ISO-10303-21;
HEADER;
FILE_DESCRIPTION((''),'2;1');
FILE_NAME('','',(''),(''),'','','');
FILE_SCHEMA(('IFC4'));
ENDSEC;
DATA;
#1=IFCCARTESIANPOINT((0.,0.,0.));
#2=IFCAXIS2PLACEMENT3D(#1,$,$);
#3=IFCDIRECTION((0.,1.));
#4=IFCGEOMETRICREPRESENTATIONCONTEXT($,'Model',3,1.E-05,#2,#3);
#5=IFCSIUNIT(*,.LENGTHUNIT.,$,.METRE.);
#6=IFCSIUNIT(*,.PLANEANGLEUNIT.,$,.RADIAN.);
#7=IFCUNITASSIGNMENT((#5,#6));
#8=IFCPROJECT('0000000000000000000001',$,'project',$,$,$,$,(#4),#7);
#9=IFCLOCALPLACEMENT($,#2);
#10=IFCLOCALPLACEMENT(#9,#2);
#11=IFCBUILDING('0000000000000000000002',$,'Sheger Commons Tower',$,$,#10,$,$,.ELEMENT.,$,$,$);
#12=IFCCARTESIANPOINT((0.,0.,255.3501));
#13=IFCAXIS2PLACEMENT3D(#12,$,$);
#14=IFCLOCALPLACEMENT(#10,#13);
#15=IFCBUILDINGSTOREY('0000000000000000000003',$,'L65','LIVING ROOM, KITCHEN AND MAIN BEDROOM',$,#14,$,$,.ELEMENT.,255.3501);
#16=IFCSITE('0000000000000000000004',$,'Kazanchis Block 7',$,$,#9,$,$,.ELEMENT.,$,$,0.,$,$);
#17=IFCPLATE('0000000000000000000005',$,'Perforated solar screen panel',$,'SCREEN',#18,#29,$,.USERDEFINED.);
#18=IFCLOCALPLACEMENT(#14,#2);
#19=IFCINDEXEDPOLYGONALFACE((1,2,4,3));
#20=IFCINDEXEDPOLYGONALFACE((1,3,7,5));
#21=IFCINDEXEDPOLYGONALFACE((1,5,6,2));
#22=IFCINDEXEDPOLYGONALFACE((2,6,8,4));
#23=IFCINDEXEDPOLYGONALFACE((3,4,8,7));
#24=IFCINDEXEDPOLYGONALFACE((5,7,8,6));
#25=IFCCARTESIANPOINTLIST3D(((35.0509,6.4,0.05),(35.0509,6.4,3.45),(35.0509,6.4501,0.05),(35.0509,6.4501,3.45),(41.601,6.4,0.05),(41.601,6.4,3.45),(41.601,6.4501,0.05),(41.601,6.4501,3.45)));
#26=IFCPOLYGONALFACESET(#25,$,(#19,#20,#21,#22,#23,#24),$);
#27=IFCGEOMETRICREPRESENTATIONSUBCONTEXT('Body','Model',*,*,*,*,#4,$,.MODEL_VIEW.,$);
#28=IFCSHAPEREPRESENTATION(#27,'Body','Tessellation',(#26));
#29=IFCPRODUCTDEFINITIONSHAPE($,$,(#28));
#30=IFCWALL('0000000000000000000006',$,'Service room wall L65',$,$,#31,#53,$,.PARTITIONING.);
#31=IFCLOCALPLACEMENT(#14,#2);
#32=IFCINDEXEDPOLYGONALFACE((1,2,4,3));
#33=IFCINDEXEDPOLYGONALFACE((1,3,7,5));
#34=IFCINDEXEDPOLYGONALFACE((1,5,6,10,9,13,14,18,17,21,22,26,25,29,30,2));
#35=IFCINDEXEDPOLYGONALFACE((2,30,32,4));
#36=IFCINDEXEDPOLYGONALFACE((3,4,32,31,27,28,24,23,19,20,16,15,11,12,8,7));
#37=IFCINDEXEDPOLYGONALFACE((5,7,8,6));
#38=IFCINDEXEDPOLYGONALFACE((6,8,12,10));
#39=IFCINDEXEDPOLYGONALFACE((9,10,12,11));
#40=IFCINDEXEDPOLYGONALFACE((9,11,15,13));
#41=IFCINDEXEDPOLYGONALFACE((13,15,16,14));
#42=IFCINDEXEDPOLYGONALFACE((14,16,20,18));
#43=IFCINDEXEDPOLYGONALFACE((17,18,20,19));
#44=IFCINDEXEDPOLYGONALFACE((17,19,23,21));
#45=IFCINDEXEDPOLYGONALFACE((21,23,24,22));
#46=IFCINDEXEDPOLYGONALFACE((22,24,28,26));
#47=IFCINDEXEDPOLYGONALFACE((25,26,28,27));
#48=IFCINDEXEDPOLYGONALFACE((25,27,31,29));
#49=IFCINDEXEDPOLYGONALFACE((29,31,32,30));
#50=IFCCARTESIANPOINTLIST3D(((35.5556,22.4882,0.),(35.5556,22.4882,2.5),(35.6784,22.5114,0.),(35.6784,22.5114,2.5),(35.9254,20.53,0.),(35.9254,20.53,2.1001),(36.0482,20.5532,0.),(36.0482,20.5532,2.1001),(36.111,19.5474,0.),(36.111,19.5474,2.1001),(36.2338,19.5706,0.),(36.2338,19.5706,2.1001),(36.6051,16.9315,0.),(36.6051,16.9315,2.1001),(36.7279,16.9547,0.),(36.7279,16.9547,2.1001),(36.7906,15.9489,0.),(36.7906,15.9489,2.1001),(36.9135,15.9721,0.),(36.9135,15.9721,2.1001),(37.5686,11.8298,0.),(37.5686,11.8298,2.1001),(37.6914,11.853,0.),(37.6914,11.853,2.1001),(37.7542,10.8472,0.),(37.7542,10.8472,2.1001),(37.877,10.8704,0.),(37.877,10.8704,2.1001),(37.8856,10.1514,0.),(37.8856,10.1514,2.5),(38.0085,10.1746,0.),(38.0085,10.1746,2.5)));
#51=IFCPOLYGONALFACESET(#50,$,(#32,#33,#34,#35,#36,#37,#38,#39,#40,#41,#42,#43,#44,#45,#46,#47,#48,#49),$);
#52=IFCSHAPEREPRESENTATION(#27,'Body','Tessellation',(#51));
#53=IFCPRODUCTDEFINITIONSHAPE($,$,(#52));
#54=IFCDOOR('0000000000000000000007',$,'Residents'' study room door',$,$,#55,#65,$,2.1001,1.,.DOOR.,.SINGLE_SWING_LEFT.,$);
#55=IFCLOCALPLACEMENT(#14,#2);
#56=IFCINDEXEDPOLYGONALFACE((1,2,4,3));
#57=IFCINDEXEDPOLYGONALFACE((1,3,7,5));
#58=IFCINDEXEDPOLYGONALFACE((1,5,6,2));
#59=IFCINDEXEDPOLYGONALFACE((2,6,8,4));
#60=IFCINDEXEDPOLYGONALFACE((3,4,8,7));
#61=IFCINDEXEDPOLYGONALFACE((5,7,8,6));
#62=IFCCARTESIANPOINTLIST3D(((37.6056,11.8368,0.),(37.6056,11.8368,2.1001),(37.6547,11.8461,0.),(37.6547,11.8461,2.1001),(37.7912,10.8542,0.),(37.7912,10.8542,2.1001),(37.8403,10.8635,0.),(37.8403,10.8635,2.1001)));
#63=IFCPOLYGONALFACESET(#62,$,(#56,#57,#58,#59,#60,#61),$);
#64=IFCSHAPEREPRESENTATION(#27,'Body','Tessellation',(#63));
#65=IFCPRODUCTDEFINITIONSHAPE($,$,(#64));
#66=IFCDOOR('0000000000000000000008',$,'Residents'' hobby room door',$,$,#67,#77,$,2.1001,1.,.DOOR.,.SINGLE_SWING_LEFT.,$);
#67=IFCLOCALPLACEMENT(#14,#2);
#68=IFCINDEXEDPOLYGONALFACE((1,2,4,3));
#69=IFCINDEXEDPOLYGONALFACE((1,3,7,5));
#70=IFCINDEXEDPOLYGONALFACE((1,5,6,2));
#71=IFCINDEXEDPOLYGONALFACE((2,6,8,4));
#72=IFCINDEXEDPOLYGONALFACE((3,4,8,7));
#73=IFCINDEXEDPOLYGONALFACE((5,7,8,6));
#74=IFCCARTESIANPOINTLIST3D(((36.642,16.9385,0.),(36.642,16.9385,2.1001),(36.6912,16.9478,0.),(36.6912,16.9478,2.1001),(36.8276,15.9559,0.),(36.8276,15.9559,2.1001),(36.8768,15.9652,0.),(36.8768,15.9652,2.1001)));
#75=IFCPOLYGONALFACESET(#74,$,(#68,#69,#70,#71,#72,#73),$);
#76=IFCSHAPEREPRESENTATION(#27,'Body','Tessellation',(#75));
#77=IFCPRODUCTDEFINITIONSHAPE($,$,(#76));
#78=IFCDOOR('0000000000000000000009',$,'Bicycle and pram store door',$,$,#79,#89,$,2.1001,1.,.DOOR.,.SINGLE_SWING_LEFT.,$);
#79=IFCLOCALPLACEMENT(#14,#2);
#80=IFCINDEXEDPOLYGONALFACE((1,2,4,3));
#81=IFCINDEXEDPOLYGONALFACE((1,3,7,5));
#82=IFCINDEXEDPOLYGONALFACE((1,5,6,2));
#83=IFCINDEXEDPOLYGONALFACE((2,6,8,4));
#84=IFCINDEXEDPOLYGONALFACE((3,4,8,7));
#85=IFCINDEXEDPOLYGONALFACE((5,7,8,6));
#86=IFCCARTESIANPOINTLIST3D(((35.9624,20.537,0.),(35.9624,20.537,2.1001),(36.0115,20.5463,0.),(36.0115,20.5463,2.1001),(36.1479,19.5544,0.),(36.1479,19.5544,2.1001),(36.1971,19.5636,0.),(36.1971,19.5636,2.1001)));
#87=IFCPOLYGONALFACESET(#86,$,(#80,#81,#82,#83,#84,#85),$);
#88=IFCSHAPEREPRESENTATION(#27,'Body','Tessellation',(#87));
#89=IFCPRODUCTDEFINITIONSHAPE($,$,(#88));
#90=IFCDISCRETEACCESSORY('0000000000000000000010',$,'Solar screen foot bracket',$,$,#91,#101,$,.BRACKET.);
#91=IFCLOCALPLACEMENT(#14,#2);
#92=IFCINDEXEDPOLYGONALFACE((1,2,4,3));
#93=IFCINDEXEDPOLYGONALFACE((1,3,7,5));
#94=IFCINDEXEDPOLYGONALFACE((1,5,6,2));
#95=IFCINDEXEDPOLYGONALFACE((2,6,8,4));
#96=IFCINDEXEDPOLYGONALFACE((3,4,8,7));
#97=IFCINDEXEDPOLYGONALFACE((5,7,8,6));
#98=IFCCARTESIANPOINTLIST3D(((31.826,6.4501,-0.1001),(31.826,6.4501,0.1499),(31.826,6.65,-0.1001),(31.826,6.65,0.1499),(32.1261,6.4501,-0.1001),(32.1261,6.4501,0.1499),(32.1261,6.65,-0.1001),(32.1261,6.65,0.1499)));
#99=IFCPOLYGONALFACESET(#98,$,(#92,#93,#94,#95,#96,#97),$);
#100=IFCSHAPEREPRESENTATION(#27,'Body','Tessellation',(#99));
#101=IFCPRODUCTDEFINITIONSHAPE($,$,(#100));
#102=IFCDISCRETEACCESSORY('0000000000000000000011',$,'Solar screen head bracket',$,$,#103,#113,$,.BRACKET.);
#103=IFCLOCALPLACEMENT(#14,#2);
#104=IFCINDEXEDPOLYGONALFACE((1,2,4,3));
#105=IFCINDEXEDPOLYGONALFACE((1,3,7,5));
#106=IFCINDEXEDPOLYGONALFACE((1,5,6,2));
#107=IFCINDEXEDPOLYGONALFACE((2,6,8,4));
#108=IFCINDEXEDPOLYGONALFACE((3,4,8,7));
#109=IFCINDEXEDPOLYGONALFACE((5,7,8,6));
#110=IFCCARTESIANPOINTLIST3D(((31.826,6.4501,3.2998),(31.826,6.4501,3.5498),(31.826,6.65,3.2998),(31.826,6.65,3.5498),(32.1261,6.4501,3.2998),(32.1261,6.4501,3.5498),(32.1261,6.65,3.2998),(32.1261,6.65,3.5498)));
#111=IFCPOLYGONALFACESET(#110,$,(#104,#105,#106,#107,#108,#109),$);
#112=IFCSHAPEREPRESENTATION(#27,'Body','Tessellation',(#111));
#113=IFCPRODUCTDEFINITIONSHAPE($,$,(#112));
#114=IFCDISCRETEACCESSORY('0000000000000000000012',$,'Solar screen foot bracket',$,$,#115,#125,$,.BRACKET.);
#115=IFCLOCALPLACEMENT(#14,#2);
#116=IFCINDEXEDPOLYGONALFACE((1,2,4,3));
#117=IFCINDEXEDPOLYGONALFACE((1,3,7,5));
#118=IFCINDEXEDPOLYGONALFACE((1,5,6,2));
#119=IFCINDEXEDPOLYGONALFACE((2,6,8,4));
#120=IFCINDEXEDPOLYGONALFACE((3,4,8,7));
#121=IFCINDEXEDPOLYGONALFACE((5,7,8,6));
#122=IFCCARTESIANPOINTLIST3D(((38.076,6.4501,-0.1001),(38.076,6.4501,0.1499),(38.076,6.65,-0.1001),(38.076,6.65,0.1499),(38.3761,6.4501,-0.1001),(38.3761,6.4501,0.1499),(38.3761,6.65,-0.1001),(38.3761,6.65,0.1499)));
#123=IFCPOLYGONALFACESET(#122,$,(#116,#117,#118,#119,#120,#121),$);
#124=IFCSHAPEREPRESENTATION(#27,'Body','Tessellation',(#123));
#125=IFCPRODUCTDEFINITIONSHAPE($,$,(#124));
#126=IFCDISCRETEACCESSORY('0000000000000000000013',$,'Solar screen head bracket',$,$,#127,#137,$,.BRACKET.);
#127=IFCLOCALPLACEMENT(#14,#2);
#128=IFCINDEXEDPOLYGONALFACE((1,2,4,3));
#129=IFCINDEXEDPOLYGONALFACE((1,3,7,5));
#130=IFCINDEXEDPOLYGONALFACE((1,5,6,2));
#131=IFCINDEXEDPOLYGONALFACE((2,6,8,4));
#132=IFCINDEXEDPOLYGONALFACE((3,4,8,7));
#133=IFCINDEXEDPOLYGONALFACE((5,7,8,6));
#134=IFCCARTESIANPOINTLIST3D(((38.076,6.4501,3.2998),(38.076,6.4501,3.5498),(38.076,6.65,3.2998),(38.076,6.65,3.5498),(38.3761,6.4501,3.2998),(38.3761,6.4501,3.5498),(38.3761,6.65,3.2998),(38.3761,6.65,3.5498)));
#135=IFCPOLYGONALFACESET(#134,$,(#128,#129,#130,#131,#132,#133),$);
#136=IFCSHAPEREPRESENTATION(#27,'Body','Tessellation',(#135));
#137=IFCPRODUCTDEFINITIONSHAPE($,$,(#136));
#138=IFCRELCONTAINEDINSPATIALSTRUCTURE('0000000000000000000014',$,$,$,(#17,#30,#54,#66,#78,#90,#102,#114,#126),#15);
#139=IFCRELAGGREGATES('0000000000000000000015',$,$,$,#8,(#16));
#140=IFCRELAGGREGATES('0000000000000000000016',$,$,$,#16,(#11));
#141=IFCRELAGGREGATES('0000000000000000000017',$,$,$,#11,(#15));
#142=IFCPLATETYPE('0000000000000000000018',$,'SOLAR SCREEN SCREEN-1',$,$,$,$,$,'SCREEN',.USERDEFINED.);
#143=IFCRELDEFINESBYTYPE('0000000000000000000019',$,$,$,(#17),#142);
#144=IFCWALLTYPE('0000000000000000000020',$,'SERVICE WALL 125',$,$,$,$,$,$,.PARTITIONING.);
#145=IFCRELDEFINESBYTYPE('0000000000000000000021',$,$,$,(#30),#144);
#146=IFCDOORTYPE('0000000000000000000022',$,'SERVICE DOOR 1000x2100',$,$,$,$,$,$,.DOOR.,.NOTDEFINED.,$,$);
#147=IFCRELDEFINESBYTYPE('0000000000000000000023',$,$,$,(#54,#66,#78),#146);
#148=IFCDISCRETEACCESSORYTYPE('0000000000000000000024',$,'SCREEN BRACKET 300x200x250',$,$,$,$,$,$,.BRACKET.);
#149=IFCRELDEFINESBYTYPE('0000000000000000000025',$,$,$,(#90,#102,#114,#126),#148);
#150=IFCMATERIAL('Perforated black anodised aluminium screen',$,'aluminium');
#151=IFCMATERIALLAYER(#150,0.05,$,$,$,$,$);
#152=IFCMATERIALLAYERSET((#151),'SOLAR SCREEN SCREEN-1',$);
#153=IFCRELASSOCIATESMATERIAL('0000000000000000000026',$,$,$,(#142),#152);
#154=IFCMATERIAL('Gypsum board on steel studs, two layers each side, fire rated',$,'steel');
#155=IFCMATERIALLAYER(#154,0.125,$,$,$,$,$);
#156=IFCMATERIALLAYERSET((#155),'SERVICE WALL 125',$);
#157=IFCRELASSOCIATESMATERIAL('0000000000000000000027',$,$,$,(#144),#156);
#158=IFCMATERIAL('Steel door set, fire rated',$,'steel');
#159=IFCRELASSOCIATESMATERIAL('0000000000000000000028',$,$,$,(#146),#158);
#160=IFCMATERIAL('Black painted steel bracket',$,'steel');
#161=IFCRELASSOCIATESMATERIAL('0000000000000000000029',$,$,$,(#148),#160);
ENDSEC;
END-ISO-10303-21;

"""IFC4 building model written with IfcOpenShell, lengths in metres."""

from ifc_helpers import new_model, si_unit, direction, frame, frame_2d, origin, origin_2d, place, context, subcontext, project, spatial, rectangle, extrude, material, layer, layer_set, type_object, element, fill, save


model = new_model("IFC4")

# Units and contexts
model_context = context("Model", 3, precision=1e-05, world=origin(), true_north=direction((0.0, 1.0)))
body_context = subcontext(model_context, "Body", "Model", "MODEL_VIEW")
ifc_project = project(units=[si_unit("LENGTHUNIT", "METRE"), si_unit("PLANEANGLEUNIT", "RADIAN")], contexts=[model_context])

# Site, building, storey
site_placement = place(None, origin())
site = spatial("IfcSite", under=ifc_project, at=site_placement, Name="Kazanchis Block 7", CompositionType="ELEMENT", RefElevation=0.0)
building_placement = place(site_placement, origin())
building = spatial("IfcBuilding", under=site, at=building_placement, Name="Sheger Commons Tower", CompositionType="ELEMENT")
storey_placement = place(building_placement, frame((0.0, 0.0, 255.3501)))
storey = spatial("IfcBuildingStorey", under=building, at=storey_placement, Name="L65", Description="LIVING ROOM, KITCHEN AND MAIN BEDROOM", CompositionType="ELEMENT", Elevation=255.3501)

# Plate
ifc_material_1 = material(Name="Perforated black anodised aluminium screen", Category="aluminium")
ifc_layer_1 = layer(ifc_material_1, 0.05)
ifc_layer_set_1 = layer_set([ifc_layer_1], Name="SOLAR SCREEN SCREEN-1")
plate_type_1 = type_object("IfcPlateType", Name="SOLAR SCREEN SCREEN-1", ElementType="SCREEN", PredefinedType="USERDEFINED", material=ifc_layer_set_1)
plate_1_placement = place(storey_placement, frame((38.3259, 6.425, 0.05), z_axis=(0.0, 0.0, 1.0), x_axis=(1.0, 0.0, 0.0)))
element("IfcPlate", 1, at=plate_1_placement, inside=storey, type_object=plate_type_1, Name="Perforated solar screen panel", ObjectType="SCREEN", PredefinedType="USERDEFINED", context=body_context, shape_type="SweptSolid", body=[
    extrude(rectangle(XDim=6.55, YDim=0.05, at=origin_2d()), origin(), (0.0, 0.0, 1.0), 3.3999),
])

# Wall, openings, doors
ifc_material_2 = material(Name="Gypsum board on steel studs, two layers each side, fire rated", Category="steel")
ifc_layer_2 = layer(ifc_material_2, 0.125)
ifc_layer_set_2 = layer_set([ifc_layer_2], Name="SERVICE WALL 125")
wall_type = type_object("IfcWallType", Name="SERVICE WALL 125", PredefinedType="PARTITIONING", material=ifc_layer_set_2)
wall_placement = place(storey_placement, frame((37.947, 10.1631, 0.0), z_axis=(0.0, 0.0, 1.0), x_axis=(-0.185589, 0.982627, 0.0)))
wall = element("IfcWall", 2, at=wall_placement, inside=storey, type_object=wall_type, Name="Service room wall L65", PredefinedType="PARTITIONING", context=body_context, shape_type="SweptSolid", body=[
    extrude(rectangle(XDim=12.5549, YDim=0.125, at=frame_2d((6.2773, 0.0))), origin(), (0.0, 0.0, 1.0), 2.5),
])
opening_1_placement = place(wall_placement, frame((0.708, 0.0, 0.0)))
opening_1 = element("IfcOpeningElement", 3, at=opening_1_placement, cuts=wall, PredefinedType="OPENING", context=body_context, shape_type="SweptSolid", body=[
    extrude(rectangle(XDim=1.0, YDim=2.1001, at=frame_2d((0.5, 1.05))), frame((0.0, 0.0725, 0.0), z_axis=(0.0, -1.0, 0.0), x_axis=(1.0, 0.0, 0.0)), (0.0, 0.0, 1.0), 0.145),
])
opening_2_placement = place(wall_placement, frame((5.8999, 0.0, 0.0)))
opening_2 = element("IfcOpeningElement", 4, at=opening_2_placement, cuts=wall, PredefinedType="OPENING", context=body_context, shape_type="SweptSolid", body=[
    extrude(rectangle(XDim=1.0, YDim=2.1001, at=frame_2d((0.5, 1.05))), frame((0.0, 0.0725, 0.0), z_axis=(0.0, -1.0, 0.0), x_axis=(1.0, 0.0, 0.0)), (0.0, 0.0, 1.0), 0.145),
])
opening_3_placement = place(wall_placement, frame((9.562, 0.0, 0.0)))
opening_3 = element("IfcOpeningElement", 5, at=opening_3_placement, cuts=wall, PredefinedType="OPENING", context=body_context, shape_type="SweptSolid", body=[
    extrude(rectangle(XDim=1.0, YDim=2.1001, at=frame_2d((0.5, 1.05))), frame((0.0, 0.0725, 0.0), z_axis=(0.0, -1.0, 0.0), x_axis=(1.0, 0.0, 0.0)), (0.0, 0.0, 1.0), 0.145),
])
ifc_material_3 = material(Name="Steel door set, fire rated", Category="steel")
door_type = type_object("IfcDoorType", Name="SERVICE DOOR 1000x2100", OperationType="NOTDEFINED", PredefinedType="DOOR", material=ifc_material_3)
door_1_placement = place(opening_1_placement, origin())
door_1 = element("IfcDoor", 6, at=door_1_placement, inside=storey, type_object=door_type, Name="Residents' study room door", OperationType="SINGLE_SWING_LEFT", OverallHeight=2.1001, OverallWidth=1.0, PredefinedType="DOOR", context=body_context, shape_type="SweptSolid", body=[
    extrude(rectangle(XDim=1.0, YDim=2.1001, at=frame_2d((0.5, 1.05))), frame((0.0, 0.0249, 0.0), z_axis=(0.0, -1.0, 0.0), x_axis=(1.0, 0.0, 0.0)), (0.0, 0.0, 1.0), 0.05),
])
fill(opening_1, door_1)
door_2_placement = place(opening_2_placement, origin())
door_2 = element("IfcDoor", 7, at=door_2_placement, inside=storey, type_object=door_type, Name="Residents' hobby room door", OperationType="SINGLE_SWING_LEFT", OverallHeight=2.1001, OverallWidth=1.0, PredefinedType="DOOR", context=body_context, shape_type="SweptSolid", body=[
    extrude(rectangle(XDim=1.0, YDim=2.1001, at=frame_2d((0.5, 1.05))), frame((0.0, 0.0249, 0.0), z_axis=(0.0, -1.0, 0.0), x_axis=(1.0, 0.0, 0.0)), (0.0, 0.0, 1.0), 0.05),
])
fill(opening_2, door_2)
door_3_placement = place(opening_3_placement, origin())
door_3 = element("IfcDoor", 8, at=door_3_placement, inside=storey, type_object=door_type, Name="Bicycle and pram store door", OperationType="SINGLE_SWING_LEFT", OverallHeight=2.1001, OverallWidth=1.0, PredefinedType="DOOR", context=body_context, shape_type="SweptSolid", body=[
    extrude(rectangle(XDim=1.0, YDim=2.1001, at=frame_2d((0.5, 1.05))), frame((0.0, 0.0249, 0.0), z_axis=(0.0, -1.0, 0.0), x_axis=(1.0, 0.0, 0.0)), (0.0, 0.0, 1.0), 0.05),
])
fill(opening_3, door_3)

# Discrete accessories
ifc_material_4 = material(Name="Black painted steel bracket", Category="steel")
discrete_accessory_type = type_object("IfcDiscreteAccessoryType", Name="SCREEN BRACKET 300x200x250", PredefinedType="BRACKET", material=ifc_material_4)
for number, where, z_axis, x_axis, name in (
    (9, (31.9761, 6.55, -0.1001), (0.0, 0.0, 1.0), (1.0, 0.0, 0.0), "Solar screen foot bracket"),
    (10, (31.9761, 6.55, 3.2998), (0.0, 0.0, 1.0), (1.0, 0.0, 0.0), "Solar screen head bracket"),
    (11, (38.2261, 6.55, -0.1001), (0.0, 0.0, 1.0), (1.0, 0.0, 0.0), "Solar screen foot bracket"),
    (12, (38.2261, 6.55, 3.2998), (0.0, 0.0, 1.0), (1.0, 0.0, 0.0), "Solar screen head bracket"),
):
    element("IfcDiscreteAccessory", number, at=place(storey_placement, frame(where, z_axis=z_axis, x_axis=x_axis)), inside=storey, type_object=discrete_accessory_type, Name=name, PredefinedType="BRACKET", context=body_context, shape_type="SweptSolid", body=[
        extrude(rectangle(XDim=0.3, YDim=0.2, at=origin_2d()), origin(), (0.0, 0.0, 1.0), 0.25),
    ])

save(model, "model.ifc")
